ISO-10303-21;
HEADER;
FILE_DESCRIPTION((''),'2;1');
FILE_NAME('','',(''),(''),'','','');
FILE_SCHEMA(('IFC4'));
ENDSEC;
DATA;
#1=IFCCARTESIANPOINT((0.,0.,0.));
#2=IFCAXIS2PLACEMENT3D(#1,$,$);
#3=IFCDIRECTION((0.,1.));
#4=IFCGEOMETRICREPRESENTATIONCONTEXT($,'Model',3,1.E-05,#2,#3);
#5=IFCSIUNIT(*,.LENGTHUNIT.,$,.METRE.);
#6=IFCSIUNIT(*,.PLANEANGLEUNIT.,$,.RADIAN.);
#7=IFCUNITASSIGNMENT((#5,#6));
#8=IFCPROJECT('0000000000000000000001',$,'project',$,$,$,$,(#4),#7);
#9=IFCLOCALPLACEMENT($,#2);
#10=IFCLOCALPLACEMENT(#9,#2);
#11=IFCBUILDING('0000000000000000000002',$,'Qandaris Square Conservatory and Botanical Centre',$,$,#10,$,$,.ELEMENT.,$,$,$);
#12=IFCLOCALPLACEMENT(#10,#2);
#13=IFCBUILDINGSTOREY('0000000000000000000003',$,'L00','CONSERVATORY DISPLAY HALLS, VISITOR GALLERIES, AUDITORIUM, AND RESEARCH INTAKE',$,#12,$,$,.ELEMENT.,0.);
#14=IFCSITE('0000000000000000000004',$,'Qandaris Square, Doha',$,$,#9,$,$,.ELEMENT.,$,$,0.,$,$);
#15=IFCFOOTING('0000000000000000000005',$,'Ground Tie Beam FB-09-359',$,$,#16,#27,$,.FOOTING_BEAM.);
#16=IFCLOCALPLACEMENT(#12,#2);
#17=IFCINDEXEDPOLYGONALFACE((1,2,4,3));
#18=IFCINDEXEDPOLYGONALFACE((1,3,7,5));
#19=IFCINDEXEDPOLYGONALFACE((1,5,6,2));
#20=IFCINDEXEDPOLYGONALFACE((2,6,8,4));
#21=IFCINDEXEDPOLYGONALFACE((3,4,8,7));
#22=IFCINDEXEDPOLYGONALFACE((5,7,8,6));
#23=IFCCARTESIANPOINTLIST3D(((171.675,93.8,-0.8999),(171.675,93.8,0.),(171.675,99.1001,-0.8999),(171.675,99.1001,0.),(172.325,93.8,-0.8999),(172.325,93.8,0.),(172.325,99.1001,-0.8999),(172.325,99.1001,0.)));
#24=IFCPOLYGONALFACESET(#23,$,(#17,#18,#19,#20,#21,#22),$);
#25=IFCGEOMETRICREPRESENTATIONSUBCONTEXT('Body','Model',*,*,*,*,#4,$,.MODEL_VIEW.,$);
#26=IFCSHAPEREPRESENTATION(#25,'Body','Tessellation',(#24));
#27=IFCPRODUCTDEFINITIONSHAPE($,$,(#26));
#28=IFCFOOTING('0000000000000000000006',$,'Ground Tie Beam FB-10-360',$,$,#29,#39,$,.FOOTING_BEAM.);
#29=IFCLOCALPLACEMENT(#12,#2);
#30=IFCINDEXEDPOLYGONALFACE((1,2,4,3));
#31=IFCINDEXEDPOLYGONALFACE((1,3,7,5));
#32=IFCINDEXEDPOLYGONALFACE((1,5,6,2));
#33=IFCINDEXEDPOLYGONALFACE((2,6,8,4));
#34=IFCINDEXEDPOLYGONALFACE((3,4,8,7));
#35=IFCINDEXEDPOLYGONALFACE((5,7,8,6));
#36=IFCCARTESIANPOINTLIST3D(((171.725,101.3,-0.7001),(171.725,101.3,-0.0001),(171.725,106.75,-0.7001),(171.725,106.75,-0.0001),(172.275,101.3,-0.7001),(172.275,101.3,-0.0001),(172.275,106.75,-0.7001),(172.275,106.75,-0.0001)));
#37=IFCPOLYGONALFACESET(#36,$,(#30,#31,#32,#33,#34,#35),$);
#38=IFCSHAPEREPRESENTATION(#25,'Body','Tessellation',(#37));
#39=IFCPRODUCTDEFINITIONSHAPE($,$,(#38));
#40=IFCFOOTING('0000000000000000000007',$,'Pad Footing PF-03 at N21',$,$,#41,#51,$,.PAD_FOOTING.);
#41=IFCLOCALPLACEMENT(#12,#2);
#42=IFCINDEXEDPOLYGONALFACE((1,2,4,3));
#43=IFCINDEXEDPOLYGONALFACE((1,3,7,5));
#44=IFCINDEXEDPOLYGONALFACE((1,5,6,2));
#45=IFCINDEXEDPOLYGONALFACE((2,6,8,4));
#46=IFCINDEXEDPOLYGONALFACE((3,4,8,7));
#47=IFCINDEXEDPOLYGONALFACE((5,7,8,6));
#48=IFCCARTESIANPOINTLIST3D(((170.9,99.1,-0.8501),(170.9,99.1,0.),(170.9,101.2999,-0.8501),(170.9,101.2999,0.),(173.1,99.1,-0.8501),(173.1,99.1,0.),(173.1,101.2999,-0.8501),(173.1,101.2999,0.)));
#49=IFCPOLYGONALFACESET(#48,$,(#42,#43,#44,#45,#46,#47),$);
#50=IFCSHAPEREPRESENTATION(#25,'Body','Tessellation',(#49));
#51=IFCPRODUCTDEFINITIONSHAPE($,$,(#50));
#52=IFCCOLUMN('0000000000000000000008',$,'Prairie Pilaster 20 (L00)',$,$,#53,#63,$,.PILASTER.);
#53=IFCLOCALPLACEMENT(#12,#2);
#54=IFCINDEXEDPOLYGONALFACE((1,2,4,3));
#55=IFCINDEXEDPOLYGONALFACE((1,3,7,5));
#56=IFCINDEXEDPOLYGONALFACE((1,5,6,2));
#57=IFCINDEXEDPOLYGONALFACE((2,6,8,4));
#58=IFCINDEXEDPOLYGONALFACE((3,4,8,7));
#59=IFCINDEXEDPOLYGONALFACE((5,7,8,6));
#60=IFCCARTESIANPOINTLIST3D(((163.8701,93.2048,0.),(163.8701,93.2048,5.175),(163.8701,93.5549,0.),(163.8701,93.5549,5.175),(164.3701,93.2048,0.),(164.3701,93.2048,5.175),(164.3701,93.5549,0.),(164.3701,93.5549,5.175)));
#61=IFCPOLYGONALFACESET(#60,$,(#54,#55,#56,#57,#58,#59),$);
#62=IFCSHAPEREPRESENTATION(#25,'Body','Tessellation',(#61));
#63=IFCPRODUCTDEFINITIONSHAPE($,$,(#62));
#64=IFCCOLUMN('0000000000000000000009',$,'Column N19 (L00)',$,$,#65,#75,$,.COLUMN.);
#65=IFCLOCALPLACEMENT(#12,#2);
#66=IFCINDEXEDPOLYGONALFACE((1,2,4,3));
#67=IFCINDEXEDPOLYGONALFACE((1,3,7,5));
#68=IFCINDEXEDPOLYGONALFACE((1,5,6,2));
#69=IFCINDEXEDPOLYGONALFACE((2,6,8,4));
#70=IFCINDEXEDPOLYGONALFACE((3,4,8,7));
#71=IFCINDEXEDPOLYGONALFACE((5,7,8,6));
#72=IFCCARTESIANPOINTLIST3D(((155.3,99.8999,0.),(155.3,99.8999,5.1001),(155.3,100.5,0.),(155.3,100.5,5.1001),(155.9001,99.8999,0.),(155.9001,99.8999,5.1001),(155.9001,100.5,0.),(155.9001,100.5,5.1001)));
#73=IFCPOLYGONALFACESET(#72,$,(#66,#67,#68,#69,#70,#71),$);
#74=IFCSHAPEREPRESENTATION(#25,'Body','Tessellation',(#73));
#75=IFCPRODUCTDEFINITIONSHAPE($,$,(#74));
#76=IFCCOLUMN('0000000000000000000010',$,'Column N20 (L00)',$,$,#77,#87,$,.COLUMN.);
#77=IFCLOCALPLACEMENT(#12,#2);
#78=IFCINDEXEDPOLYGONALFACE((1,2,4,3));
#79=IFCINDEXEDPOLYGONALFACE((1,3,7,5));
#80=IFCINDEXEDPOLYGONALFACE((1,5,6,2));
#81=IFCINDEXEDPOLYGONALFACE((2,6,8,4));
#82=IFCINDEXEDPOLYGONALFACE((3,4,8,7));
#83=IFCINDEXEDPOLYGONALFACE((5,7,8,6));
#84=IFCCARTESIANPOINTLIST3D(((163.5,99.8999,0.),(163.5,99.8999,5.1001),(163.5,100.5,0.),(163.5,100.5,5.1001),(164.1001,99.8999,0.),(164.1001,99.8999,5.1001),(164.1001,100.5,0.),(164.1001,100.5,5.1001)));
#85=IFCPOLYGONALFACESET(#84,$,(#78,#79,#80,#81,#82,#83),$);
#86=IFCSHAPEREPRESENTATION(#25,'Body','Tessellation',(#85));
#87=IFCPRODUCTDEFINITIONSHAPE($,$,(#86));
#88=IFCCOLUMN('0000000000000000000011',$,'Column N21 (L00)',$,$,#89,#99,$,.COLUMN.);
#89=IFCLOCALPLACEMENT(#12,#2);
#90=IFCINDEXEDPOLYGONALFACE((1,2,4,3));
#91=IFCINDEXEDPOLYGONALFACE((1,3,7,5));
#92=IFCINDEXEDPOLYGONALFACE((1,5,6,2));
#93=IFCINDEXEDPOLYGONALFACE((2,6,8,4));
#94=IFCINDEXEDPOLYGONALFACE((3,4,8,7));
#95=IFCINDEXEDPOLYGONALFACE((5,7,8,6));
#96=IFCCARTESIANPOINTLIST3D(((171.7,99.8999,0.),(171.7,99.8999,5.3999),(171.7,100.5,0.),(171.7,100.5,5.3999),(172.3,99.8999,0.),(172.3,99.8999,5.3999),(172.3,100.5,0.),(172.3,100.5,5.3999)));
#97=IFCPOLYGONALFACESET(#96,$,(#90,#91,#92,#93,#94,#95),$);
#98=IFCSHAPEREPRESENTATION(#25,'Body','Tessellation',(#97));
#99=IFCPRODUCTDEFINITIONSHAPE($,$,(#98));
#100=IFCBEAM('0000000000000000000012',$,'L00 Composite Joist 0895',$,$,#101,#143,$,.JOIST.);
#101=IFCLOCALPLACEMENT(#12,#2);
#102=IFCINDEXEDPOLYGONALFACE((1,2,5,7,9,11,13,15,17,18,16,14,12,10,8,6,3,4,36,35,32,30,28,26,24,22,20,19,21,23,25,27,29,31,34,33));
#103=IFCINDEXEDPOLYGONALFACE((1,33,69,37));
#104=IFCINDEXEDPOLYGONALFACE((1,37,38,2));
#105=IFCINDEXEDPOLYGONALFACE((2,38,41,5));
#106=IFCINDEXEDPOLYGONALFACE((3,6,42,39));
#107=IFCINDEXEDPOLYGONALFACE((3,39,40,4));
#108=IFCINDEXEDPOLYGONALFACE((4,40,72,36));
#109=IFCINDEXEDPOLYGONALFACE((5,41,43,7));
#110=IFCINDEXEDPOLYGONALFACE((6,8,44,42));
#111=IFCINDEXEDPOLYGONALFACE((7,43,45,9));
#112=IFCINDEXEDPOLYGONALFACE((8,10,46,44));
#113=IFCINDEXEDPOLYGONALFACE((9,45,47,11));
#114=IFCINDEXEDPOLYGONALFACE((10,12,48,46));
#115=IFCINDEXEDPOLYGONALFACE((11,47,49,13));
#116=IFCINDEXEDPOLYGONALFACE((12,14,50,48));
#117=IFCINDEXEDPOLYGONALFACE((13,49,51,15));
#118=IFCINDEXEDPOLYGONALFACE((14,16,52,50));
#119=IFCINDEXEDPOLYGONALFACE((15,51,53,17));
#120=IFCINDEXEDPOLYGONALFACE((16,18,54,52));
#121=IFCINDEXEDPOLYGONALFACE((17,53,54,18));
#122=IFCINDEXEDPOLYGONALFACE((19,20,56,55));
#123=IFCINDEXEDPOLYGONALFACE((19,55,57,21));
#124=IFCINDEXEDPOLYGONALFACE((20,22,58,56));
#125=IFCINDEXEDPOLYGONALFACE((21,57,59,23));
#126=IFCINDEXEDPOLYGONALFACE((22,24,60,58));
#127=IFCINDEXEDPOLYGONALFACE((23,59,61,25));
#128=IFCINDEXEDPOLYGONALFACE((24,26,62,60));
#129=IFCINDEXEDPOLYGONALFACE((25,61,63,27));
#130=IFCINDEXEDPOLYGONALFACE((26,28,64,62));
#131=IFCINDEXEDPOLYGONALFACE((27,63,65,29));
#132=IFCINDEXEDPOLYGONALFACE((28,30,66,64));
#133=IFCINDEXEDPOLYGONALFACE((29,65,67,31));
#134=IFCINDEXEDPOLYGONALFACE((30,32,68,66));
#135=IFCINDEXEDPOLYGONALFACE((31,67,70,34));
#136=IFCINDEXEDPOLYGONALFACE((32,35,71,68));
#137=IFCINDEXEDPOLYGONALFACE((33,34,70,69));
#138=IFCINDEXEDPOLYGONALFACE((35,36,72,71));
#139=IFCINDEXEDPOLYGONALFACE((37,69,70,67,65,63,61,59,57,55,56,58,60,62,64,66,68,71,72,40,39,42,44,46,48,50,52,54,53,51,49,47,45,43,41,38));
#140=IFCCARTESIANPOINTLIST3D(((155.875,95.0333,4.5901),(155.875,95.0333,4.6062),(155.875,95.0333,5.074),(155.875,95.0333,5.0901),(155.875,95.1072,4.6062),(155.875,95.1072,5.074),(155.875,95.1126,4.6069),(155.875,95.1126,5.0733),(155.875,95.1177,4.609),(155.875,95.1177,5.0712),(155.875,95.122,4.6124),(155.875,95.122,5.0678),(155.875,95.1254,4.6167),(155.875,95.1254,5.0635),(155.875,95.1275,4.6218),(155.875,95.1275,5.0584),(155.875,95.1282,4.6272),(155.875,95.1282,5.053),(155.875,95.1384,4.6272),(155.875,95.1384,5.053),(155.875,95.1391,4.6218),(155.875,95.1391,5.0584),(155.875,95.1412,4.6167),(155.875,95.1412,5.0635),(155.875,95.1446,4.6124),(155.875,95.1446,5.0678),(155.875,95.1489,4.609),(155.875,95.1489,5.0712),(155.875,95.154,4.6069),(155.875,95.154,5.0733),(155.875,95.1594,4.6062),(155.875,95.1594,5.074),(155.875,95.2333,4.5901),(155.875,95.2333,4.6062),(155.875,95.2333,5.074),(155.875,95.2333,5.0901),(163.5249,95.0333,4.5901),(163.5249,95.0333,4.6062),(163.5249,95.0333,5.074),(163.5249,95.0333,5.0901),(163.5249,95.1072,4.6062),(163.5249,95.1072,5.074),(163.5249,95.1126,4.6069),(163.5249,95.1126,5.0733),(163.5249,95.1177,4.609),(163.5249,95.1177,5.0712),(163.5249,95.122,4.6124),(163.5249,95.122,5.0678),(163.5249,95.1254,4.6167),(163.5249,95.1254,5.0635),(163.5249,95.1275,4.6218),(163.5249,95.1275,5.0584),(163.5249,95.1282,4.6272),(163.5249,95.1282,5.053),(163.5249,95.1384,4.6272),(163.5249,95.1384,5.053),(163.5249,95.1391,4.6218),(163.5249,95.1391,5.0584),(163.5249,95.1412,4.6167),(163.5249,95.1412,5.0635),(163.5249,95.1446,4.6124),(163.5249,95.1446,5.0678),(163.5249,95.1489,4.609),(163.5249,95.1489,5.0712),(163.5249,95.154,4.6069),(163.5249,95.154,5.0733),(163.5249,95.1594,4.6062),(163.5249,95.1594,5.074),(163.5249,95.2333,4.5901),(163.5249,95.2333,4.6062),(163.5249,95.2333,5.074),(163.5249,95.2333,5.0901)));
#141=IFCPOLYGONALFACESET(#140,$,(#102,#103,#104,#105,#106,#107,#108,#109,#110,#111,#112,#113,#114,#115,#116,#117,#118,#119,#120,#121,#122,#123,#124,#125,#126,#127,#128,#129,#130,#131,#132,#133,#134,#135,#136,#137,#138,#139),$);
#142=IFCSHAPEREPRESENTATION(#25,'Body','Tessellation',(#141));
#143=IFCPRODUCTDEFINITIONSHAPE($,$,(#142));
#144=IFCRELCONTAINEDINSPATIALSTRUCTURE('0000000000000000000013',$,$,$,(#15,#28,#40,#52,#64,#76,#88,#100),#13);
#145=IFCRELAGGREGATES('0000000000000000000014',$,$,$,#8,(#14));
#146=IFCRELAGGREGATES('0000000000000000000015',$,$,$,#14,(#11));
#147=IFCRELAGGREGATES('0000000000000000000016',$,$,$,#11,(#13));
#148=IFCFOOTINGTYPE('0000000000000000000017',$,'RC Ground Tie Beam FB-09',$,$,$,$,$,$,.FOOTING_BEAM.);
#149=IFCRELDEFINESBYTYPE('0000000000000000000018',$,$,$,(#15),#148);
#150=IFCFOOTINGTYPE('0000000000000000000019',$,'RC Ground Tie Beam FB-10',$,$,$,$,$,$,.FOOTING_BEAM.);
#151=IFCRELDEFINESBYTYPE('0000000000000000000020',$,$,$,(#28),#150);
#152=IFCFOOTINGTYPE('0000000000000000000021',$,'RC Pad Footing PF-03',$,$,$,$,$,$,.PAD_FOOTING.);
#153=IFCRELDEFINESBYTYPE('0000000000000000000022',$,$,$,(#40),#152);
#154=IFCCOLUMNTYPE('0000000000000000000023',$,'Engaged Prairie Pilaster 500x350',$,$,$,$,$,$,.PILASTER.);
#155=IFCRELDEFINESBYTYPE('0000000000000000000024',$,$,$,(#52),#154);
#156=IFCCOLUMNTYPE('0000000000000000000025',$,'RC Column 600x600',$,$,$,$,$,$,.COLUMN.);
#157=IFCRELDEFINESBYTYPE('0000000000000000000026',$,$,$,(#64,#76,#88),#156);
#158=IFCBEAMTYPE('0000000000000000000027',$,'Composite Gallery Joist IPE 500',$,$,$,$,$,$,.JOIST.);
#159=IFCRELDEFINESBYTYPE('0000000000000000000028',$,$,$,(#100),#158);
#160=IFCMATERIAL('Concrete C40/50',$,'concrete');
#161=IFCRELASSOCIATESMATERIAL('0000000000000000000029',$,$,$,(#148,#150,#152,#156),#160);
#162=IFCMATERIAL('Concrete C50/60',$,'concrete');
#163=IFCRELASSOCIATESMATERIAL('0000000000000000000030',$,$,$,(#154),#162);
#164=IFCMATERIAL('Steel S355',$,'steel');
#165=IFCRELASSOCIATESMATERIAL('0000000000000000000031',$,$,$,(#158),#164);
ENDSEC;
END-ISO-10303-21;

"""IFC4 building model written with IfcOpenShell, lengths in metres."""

from ifc_helpers import new_model, si_unit, direction, frame, origin, origin_2d, place, context, subcontext, project, spatial, rectangle, i_section, extrude, material, material_profile, profile_set, type_object, element, save


model = new_model("IFC4")

# Units and contexts
model_context = context("Model", 3, precision=1e-05, world=origin(), true_north=direction((0.0, 1.0)))
body_context = subcontext(model_context, "Body", "Model", "MODEL_VIEW")
ifc_project = project(units=[si_unit("LENGTHUNIT", "METRE"), si_unit("PLANEANGLEUNIT", "RADIAN")], contexts=[model_context])

# Site, building, storey
site_placement = place(None, origin())
site = spatial("IfcSite", under=ifc_project, at=site_placement, Name="Qandaris Square, Doha", CompositionType="ELEMENT", RefElevation=0.0)
building_placement = place(site_placement, origin())
building = spatial("IfcBuilding", under=site, at=building_placement, Name="Qandaris Square Conservatory and Botanical Centre", CompositionType="ELEMENT")
storey_placement = place(building_placement, origin())
storey = spatial("IfcBuildingStorey", under=building, at=storey_placement, Name="L00", Description="CONSERVATORY DISPLAY HALLS, VISITOR GALLERIES, AUDITORIUM, AND RESEARCH INTAKE", CompositionType="ELEMENT", Elevation=0.0)

# Footings
ifc_material_1 = material(Name="Concrete C40/50", Category="concrete")
ifc_material_profile_1 = material_profile(ifc_material_1, rectangle(XDim=0.6499, YDim=0.8999, at=origin_2d()), Name="FB 650x900")
ifc_profile_set_1 = profile_set([ifc_material_profile_1], Name="Concrete C40/50")
footing_type_1 = type_object("IfcFootingType", Name="RC Ground Tie Beam FB-09", PredefinedType="FOOTING_BEAM", material=ifc_profile_set_1)
footing_1_placement = place(storey_placement, frame((172.0, 93.8, -0.45), z_axis=(0.0, 1.0, 0.0), x_axis=(-1.0, 0.0, 0.0)))
element("IfcFooting", 1, at=footing_1_placement, inside=storey, type_object=footing_type_1, Name="Ground Tie Beam FB-09-359", PredefinedType="FOOTING_BEAM", context=body_context, shape_type="SweptSolid", body=[
    extrude(rectangle(XDim=0.6499, YDim=0.8999, at=origin_2d()), origin(), (0.0, 0.0, 1.0), 5.3),
])
ifc_material_profile_2 = material_profile(ifc_material_1, rectangle(XDim=0.55, YDim=0.7, at=origin_2d()), Name="FB 550x700")
ifc_profile_set_2 = profile_set([ifc_material_profile_2], Name="Concrete C40/50")
footing_type_2 = type_object("IfcFootingType", Name="RC Ground Tie Beam FB-10", PredefinedType="FOOTING_BEAM", material=ifc_profile_set_2)
footing_2_placement = place(storey_placement, frame((172.0, 101.3, -0.3501), z_axis=(0.0, 1.0, 0.0), x_axis=(-1.0, 0.0, 0.0)))
element("IfcFooting", 2, at=footing_2_placement, inside=storey, type_object=footing_type_2, Name="Ground Tie Beam FB-10-360", PredefinedType="FOOTING_BEAM", context=body_context, shape_type="SweptSolid", body=[
    extrude(rectangle(XDim=0.55, YDim=0.7, at=origin_2d()), origin(), (0.0, 0.0, 1.0), 5.45),
])
footing_type_3 = type_object("IfcFootingType", Name="RC Pad Footing PF-03", PredefinedType="PAD_FOOTING", material=ifc_material_1)
footing_3_placement = place(storey_placement, frame((172.0, 100.2, -0.8501), z_axis=(0.0, 0.0, 1.0), x_axis=(1.0, 0.0, 0.0)))
element("IfcFooting", 3, at=footing_3_placement, inside=storey, type_object=footing_type_3, Name="Pad Footing PF-03 at N21", PredefinedType="PAD_FOOTING", context=body_context, shape_type="SweptSolid", body=[
    extrude(rectangle(XDim=2.2, YDim=2.2, at=origin_2d()), origin(), (0.0, 0.0, 1.0), 0.8501),
])

# Columns
ifc_material_2 = material(Name="Concrete C50/60", Category="concrete")
ifc_material_profile_3 = material_profile(ifc_material_2, rectangle(XDim=0.5, YDim=0.3501, at=origin_2d()), Name="RC-PIL 500x350")
ifc_profile_set_3 = profile_set([ifc_material_profile_3], Name="Concrete C50/60")
column_type_1 = type_object("IfcColumnType", Name="Engaged Prairie Pilaster 500x350", PredefinedType="PILASTER", material=ifc_profile_set_3)
column_1_placement = place(storey_placement, frame((164.1201, 93.3799, 0.0), z_axis=(0.0, 0.0, 1.0), x_axis=(1.0, 0.0, 0.0)))
element("IfcColumn", 4, at=column_1_placement, inside=storey, type_object=column_type_1, Name="Prairie Pilaster 20 (L00)", PredefinedType="PILASTER", context=body_context, shape_type="SweptSolid", body=[
    extrude(rectangle(XDim=0.5, YDim=0.3501, at=origin_2d()), origin(), (0.0, 0.0, 1.0), 5.175),
])
ifc_material_profile_4 = material_profile(ifc_material_1, rectangle(XDim=0.6001, YDim=0.6001, at=origin_2d()), Name="RC-COL 600x600")
ifc_profile_set_4 = profile_set([ifc_material_profile_4], Name="Concrete C40/50")
column_type_2 = type_object("IfcColumnType", Name="RC Column 600x600", PredefinedType="COLUMN", material=ifc_profile_set_4)
for number, where, z_axis, x_axis, name in (
    (5, (155.6001, 100.2, 0.0), (0.0, 0.0, 1.0), (1.0, 0.0, 0.0), "Column N19 (L00)"),
    (6, (163.8, 100.2, 0.0), (0.0, 0.0, 1.0), (1.0, 0.0, 0.0), "Column N20 (L00)"),
):
    element("IfcColumn", number, at=place(storey_placement, frame(where, z_axis=z_axis, x_axis=x_axis)), inside=storey, type_object=column_type_2, Name=name, PredefinedType="COLUMN", context=body_context, shape_type="SweptSolid", body=[
        extrude(rectangle(XDim=0.6001, YDim=0.6001, at=origin_2d()), origin(), (0.0, 0.0, 1.0), 5.1001),
    ])
column_2_placement = place(storey_placement, frame((172.0, 100.2, 0.0), z_axis=(0.0, 0.0, 1.0), x_axis=(1.0, 0.0, 0.0)))
element("IfcColumn", 7, at=column_2_placement, inside=storey, type_object=column_type_2, Name="Column N21 (L00)", PredefinedType="COLUMN", context=body_context, shape_type="SweptSolid", body=[
    extrude(rectangle(XDim=0.6001, YDim=0.6001, at=origin_2d()), origin(), (0.0, 0.0, 1.0), 5.3999),
])

# Beam
ifc_material_3 = material(Name="Steel S355", Category="steel")
ifc_material_profile_5 = material_profile(ifc_material_3, i_section(OverallWidth=0.2, OverallDepth=0.5, WebThickness=0.0103, FlangeThickness=0.0161, FilletRadius=0.021, at=origin_2d()), Name="IPE 500")
ifc_profile_set_5 = profile_set([ifc_material_profile_5], Name="Steel S355")
beam_type_1 = type_object("IfcBeamType", Name="Composite Gallery Joist IPE 500", PredefinedType="JOIST", material=ifc_profile_set_5)
beam_1_placement = place(storey_placement, frame((155.875, 95.1333, 4.8401), z_axis=(1.0, 0.0, 0.0), x_axis=(0.0, 1.0, 0.0)))
element("IfcBeam", 8, at=beam_1_placement, inside=storey, type_object=beam_type_1, Name="L00 Composite Joist 0895", PredefinedType="JOIST", context=body_context, shape_type="SweptSolid", body=[
    extrude(i_section(OverallWidth=0.2, OverallDepth=0.5, WebThickness=0.0103, FlangeThickness=0.0161, FilletRadius=0.021, at=origin_2d()), origin(), (0.0, 0.0, 1.0), 7.6499),
])

save(model, "model.ifc")
